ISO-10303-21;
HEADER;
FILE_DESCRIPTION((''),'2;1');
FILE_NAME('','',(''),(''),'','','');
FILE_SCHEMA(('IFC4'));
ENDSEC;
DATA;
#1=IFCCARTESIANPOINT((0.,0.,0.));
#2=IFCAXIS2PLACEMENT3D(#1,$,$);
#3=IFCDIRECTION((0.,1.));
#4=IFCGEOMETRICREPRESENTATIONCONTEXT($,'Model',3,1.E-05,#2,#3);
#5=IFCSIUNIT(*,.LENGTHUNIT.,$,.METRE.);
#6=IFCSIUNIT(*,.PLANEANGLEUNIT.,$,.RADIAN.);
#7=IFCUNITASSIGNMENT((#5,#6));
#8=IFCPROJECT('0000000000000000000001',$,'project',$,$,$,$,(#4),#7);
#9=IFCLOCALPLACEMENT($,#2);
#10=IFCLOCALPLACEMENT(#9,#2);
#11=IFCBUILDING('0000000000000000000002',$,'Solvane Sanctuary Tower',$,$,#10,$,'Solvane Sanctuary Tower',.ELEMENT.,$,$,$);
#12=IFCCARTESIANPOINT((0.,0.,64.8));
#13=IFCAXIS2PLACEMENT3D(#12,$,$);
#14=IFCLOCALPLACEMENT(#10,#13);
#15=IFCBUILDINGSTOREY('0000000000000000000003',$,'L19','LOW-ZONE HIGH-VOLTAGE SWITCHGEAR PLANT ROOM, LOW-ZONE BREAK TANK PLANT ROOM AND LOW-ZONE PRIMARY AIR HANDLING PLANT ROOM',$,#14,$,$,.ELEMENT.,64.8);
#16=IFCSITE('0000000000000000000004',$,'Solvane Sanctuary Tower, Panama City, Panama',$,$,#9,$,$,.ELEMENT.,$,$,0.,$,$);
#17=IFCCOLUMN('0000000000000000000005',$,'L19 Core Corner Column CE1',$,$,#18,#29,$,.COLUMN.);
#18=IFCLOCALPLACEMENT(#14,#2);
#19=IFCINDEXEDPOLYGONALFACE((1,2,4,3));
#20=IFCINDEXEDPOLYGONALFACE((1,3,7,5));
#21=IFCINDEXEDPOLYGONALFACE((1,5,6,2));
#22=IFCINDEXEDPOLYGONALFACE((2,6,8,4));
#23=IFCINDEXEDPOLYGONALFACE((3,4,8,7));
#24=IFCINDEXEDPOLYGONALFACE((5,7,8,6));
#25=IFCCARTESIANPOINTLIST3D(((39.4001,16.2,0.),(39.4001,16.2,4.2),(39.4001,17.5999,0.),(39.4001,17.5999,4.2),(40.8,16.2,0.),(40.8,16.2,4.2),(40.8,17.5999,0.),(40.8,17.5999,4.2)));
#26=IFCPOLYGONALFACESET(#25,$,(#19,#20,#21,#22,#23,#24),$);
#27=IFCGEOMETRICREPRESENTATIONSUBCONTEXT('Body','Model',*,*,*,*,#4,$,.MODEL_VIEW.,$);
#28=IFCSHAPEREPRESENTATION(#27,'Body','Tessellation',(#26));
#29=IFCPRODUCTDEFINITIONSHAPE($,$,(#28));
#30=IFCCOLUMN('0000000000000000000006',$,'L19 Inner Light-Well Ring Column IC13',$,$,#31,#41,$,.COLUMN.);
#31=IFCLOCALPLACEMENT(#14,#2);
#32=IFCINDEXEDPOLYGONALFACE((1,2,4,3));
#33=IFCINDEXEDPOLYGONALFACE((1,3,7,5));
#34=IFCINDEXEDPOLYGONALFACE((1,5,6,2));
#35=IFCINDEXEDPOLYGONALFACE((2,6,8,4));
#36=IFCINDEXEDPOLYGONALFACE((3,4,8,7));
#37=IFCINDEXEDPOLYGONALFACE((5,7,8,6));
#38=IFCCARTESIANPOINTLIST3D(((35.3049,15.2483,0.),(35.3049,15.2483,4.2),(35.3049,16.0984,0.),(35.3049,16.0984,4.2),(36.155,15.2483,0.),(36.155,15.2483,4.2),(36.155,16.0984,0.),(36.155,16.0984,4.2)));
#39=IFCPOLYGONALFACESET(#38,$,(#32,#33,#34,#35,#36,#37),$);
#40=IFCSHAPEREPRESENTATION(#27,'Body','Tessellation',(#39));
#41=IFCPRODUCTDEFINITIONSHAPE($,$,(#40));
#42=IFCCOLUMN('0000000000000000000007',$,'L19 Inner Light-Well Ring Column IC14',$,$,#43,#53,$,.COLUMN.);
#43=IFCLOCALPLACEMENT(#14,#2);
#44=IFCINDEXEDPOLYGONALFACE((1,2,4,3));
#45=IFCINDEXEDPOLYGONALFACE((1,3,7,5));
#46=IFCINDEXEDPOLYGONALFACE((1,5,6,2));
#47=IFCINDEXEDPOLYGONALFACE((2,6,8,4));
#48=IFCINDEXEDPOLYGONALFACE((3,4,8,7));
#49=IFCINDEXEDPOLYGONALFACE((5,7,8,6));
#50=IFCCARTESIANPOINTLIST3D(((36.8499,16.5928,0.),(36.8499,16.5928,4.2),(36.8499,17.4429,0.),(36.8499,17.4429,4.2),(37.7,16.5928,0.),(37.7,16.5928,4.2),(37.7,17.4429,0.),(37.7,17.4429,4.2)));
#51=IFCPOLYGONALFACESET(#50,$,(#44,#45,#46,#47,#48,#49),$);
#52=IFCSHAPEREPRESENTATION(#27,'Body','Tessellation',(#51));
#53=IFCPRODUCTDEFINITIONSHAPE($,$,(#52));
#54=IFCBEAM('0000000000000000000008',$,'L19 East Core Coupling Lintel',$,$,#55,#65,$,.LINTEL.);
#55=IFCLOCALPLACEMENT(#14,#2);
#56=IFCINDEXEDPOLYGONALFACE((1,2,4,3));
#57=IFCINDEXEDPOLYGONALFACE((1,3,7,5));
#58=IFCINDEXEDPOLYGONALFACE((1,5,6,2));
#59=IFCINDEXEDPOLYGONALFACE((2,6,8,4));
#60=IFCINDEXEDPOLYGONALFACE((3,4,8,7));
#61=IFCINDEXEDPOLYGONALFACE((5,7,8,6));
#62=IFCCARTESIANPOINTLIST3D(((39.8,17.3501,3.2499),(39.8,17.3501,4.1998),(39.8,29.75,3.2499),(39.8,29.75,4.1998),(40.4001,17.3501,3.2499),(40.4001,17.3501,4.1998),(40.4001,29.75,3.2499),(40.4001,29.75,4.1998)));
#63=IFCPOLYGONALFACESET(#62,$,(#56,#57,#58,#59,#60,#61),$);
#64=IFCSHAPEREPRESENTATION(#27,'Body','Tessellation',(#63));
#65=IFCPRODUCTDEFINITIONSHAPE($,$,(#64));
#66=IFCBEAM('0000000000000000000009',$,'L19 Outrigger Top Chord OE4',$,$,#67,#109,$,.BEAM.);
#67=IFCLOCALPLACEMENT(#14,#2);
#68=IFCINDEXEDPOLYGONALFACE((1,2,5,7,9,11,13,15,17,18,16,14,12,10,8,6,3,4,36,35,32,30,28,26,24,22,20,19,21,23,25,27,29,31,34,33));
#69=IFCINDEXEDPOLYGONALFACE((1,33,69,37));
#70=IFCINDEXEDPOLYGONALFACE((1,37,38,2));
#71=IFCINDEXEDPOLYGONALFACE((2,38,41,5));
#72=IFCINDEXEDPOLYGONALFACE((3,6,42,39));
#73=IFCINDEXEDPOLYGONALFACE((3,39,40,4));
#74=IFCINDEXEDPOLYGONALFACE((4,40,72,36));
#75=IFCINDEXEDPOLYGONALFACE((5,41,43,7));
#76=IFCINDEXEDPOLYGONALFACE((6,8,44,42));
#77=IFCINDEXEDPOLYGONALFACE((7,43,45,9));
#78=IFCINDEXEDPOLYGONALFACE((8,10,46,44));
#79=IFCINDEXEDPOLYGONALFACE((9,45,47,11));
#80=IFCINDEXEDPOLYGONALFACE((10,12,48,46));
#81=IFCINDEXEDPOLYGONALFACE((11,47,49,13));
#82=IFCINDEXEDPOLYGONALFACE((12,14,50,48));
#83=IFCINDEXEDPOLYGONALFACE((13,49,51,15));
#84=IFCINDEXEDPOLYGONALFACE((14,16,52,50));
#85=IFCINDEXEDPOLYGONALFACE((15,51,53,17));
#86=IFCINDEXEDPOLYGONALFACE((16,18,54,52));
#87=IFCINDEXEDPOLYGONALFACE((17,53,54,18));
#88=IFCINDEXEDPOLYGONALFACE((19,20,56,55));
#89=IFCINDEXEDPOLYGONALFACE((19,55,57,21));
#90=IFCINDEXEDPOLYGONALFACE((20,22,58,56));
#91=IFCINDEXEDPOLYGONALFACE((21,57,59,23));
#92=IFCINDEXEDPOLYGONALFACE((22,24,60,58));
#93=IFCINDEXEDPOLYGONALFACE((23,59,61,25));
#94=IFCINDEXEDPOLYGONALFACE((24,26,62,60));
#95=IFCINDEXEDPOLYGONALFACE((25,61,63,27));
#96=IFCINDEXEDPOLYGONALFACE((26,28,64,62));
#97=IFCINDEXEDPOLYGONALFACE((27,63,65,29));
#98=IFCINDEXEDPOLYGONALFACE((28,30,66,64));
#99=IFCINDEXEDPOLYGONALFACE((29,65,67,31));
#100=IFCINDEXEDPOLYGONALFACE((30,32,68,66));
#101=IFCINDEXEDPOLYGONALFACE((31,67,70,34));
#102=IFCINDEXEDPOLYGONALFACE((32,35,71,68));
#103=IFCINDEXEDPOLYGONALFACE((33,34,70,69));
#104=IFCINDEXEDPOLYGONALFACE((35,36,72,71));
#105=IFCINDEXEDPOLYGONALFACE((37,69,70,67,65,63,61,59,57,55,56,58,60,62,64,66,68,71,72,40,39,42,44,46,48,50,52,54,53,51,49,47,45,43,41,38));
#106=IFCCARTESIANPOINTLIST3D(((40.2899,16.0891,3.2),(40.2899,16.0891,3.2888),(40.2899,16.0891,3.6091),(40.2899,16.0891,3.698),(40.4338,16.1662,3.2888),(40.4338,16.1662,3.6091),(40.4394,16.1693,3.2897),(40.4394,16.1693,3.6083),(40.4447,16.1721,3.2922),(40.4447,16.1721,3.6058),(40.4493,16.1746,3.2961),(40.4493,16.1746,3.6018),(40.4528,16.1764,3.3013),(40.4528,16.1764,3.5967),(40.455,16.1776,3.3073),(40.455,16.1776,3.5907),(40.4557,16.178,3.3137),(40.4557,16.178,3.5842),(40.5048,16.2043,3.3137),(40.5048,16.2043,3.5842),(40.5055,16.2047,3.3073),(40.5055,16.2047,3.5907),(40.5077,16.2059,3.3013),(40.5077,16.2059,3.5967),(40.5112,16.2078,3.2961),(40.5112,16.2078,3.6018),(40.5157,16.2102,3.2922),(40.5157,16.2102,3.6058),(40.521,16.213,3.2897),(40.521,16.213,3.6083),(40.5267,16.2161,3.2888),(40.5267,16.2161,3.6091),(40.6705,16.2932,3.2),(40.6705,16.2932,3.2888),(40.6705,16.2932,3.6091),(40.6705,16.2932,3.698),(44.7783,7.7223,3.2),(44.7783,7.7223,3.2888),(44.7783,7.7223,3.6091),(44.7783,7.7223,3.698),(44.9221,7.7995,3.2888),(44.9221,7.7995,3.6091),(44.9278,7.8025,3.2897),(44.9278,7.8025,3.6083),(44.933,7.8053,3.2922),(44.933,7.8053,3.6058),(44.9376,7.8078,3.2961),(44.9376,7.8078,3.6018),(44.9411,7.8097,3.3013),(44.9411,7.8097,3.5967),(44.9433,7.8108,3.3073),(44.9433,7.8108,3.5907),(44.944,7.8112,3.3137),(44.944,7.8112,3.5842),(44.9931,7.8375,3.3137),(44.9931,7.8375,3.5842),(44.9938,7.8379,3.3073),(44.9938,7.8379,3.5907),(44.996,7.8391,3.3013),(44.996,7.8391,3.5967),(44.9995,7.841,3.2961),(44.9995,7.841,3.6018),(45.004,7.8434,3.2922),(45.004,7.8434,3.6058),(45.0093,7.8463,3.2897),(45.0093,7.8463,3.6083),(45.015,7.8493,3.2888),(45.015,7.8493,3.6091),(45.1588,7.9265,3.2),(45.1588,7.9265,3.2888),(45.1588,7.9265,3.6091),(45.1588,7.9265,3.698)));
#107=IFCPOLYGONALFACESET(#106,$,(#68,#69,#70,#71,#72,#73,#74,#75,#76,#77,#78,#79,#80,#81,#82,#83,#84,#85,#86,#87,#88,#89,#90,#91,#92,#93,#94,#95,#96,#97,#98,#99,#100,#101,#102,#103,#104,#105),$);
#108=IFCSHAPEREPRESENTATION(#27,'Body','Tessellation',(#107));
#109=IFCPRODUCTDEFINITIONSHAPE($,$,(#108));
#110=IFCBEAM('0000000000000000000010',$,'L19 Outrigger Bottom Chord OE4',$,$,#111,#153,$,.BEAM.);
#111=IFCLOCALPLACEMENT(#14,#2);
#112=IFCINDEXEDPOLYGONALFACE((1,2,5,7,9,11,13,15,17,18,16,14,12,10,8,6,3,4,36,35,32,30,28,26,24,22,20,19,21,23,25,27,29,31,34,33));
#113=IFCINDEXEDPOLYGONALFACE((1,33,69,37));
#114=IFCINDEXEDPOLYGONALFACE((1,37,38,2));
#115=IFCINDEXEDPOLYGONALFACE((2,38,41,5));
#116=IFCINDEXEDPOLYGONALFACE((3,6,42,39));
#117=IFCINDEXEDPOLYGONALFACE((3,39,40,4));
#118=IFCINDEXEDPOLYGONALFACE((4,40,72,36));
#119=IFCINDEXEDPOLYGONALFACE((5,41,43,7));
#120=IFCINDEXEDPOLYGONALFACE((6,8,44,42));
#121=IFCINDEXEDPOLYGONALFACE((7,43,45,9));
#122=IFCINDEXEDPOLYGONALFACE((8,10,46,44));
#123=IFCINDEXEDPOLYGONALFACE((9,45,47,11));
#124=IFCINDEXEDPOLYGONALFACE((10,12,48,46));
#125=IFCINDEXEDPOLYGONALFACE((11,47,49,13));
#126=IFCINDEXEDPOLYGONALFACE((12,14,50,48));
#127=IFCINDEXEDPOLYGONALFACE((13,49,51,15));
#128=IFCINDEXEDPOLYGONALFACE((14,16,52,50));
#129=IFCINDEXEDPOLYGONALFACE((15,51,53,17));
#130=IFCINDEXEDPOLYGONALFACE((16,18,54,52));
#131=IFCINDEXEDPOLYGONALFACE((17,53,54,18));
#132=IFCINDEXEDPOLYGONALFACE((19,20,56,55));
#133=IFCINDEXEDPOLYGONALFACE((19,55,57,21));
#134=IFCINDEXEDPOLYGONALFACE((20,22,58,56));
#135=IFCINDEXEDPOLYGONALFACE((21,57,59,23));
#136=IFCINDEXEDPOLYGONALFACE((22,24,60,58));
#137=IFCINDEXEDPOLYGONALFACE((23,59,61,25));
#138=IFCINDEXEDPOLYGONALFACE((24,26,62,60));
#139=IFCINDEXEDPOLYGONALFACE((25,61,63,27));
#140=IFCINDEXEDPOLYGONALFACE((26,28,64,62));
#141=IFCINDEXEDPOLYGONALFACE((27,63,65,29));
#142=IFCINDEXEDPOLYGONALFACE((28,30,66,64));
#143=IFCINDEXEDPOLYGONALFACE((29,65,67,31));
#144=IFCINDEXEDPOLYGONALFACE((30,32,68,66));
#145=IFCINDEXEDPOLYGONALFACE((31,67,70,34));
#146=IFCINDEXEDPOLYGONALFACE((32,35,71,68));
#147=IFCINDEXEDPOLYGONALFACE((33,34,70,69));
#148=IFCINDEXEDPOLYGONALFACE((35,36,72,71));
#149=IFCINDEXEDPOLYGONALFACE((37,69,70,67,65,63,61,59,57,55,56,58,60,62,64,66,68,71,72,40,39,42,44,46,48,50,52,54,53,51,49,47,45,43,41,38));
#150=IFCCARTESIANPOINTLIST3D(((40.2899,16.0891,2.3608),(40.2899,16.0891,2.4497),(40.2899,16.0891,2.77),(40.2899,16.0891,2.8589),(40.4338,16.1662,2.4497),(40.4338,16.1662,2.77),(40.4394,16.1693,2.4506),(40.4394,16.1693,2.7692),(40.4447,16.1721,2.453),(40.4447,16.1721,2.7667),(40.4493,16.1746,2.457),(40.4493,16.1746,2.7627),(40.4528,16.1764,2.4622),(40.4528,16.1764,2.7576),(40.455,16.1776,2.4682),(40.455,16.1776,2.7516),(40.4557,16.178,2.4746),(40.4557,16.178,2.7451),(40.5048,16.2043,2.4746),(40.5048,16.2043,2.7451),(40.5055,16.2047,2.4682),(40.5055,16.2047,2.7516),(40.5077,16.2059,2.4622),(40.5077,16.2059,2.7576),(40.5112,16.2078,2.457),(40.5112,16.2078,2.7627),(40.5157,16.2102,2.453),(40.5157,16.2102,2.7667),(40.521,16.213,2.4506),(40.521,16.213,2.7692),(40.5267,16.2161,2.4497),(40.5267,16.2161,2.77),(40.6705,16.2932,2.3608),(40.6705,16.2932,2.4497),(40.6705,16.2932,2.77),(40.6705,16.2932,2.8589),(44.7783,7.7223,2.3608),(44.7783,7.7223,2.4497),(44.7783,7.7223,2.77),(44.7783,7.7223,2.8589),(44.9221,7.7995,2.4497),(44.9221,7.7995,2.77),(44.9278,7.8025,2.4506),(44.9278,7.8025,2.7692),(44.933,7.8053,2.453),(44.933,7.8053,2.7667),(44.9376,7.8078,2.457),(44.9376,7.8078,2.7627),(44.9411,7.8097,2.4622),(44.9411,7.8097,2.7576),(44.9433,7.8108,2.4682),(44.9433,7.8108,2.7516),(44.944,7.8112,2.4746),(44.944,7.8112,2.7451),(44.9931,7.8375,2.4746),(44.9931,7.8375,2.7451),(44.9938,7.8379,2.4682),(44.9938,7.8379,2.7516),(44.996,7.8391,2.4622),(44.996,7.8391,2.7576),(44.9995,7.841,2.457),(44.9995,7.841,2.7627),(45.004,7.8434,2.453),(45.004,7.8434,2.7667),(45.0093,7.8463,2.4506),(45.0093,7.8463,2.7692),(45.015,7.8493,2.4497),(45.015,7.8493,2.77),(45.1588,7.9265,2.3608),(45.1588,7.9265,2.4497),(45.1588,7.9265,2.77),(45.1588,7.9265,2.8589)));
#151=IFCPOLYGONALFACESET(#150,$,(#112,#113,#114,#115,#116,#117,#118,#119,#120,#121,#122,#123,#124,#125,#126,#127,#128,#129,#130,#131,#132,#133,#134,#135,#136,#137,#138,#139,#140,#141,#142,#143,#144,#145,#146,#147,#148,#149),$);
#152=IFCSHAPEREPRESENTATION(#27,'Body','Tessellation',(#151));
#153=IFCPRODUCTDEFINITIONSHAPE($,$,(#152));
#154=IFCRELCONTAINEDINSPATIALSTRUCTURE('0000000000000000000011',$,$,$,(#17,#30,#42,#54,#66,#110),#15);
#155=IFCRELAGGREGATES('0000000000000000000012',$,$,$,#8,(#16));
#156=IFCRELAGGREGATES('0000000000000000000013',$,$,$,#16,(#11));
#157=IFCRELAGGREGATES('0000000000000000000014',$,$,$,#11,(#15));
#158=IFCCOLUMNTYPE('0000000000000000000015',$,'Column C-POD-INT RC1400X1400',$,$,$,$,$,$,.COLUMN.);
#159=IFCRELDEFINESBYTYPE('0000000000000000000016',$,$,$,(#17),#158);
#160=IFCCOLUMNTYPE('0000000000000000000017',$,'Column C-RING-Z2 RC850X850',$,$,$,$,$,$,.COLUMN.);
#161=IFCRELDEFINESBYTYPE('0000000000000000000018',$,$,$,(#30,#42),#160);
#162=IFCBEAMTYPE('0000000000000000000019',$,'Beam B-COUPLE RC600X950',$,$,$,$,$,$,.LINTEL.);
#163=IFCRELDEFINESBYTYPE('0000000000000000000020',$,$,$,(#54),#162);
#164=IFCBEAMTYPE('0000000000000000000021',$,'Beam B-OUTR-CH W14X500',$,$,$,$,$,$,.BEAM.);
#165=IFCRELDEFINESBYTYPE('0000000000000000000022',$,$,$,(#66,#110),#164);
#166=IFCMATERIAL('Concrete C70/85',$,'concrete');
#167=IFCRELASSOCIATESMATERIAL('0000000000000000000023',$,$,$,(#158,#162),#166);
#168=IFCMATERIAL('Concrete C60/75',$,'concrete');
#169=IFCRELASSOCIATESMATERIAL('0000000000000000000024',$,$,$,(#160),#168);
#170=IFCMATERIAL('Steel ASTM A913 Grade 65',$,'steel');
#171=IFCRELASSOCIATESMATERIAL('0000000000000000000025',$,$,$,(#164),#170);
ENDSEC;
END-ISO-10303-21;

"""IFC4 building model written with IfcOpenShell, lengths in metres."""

from ifc_helpers import new_model, si_unit, direction, frame, origin, origin_2d, place, context, subcontext, project, spatial, rectangle, i_section, extrude, material, material_profile, profile_set, type_object, element, save


model = new_model("IFC4")

# Units and contexts
model_context = context("Model", 3, precision=1e-05, world=origin(), true_north=direction((0.0, 1.0)))
body_context = subcontext(model_context, "Body", "Model", "MODEL_VIEW")
ifc_project = project(units=[si_unit("LENGTHUNIT", "METRE"), si_unit("PLANEANGLEUNIT", "RADIAN")], contexts=[model_context])

# Site, building, storey
site_placement = place(None, origin())
site = spatial("IfcSite", under=ifc_project, at=site_placement, Name="Solvane Sanctuary Tower, Panama City, Panama", CompositionType="ELEMENT", RefElevation=0.0)
building_placement = place(site_placement, origin())
building = spatial("IfcBuilding", under=site, at=building_placement, Name="Solvane Sanctuary Tower", LongName="Solvane Sanctuary Tower", CompositionType="ELEMENT")
storey_placement = place(building_placement, frame((0.0, 0.0, 64.8)))
storey = spatial("IfcBuildingStorey", under=building, at=storey_placement, Name="L19", Description="LOW-ZONE HIGH-VOLTAGE SWITCHGEAR PLANT ROOM, LOW-ZONE BREAK TANK PLANT ROOM AND LOW-ZONE PRIMARY AIR HANDLING PLANT ROOM", CompositionType="ELEMENT", Elevation=64.8)

# Columns
ifc_material_1 = material(Name="Concrete C70/85", Category="concrete")
ifc_material_profile_1 = material_profile(ifc_material_1, rectangle(XDim=1.3999, YDim=1.3999, at=origin_2d()), Name="RC1400X1400")
ifc_profile_set_1 = profile_set([ifc_material_profile_1], Name="Concrete C70/85")
column_type_1 = type_object("IfcColumnType", Name="Column C-POD-INT RC1400X1400", PredefinedType="COLUMN", material=ifc_profile_set_1)
column_placement = place(storey_placement, frame((40.1001, 16.8999, 0.0), z_axis=(0.0, 0.0, 1.0), x_axis=(1.0, 0.0, 0.0)))
element("IfcColumn", 1, at=column_placement, inside=storey, type_object=column_type_1, Name="L19 Core Corner Column CE1", PredefinedType="COLUMN", context=body_context, shape_type="SweptSolid", body=[
    extrude(rectangle(XDim=1.3999, YDim=1.3999, at=origin_2d()), origin(), (0.0, 0.0, 1.0), 4.2),
])
ifc_material_2 = material(Name="Concrete C60/75", Category="concrete")
ifc_material_profile_2 = material_profile(ifc_material_2, rectangle(XDim=0.8501, YDim=0.8501, at=origin_2d()), Name="RC850X850")
ifc_profile_set_2 = profile_set([ifc_material_profile_2], Name="Concrete C60/75")
column_type_2 = type_object("IfcColumnType", Name="Column C-RING-Z2 RC850X850", PredefinedType="COLUMN", material=ifc_profile_set_2)
for number, where, z_axis, x_axis, name in (
    (2, (35.73, 15.6733, 0.0), (0.0, 0.0, 1.0), (1.0, 0.0, 0.0), "L19 Inner Light-Well Ring Column IC13"),
    (3, (37.2749, 17.0178, 0.0), (0.0, 0.0, 1.0), (1.0, 0.0, 0.0), "L19 Inner Light-Well Ring Column IC14"),
):
    element("IfcColumn", number, at=place(storey_placement, frame(where, z_axis=z_axis, x_axis=x_axis)), inside=storey, type_object=column_type_2, Name=name, PredefinedType="COLUMN", context=body_context, shape_type="SweptSolid", body=[
        extrude(rectangle(XDim=0.8501, YDim=0.8501, at=origin_2d()), origin(), (0.0, 0.0, 1.0), 4.2),
    ])

# Beams
ifc_material_profile_3 = material_profile(ifc_material_1, rectangle(XDim=0.6001, YDim=0.95, at=origin_2d()), Name="RC600X950")
ifc_profile_set_3 = profile_set([ifc_material_profile_3], Name="Concrete C70/85")
beam_type_1 = type_object("IfcBeamType", Name="Beam B-COUPLE RC600X950", PredefinedType="LINTEL", material=ifc_profile_set_3)
beam_1_placement = place(storey_placement, frame((40.1001, 17.3501, 3.7249), z_axis=(0.0, 1.0, 0.0), x_axis=(-1.0, 0.0, 0.0)))
element("IfcBeam", 4, at=beam_1_placement, inside=storey, type_object=beam_type_1, Name="L19 East Core Coupling Lintel", PredefinedType="LINTEL", context=body_context, shape_type="SweptSolid", body=[
    extrude(rectangle(XDim=0.6001, YDim=0.95, at=origin_2d()), origin(), (0.0, 0.0, 1.0), 12.3999),
])
ifc_material_3 = material(Name="Steel ASTM A913 Grade 65", Category="steel")
ifc_material_profile_4 = material_profile(ifc_material_3, i_section(OverallWidth=0.4319, OverallDepth=0.498, WebThickness=0.0557, FlangeThickness=0.0889, FilletRadius=0.0249, at=origin_2d()), Name="W14X500")
ifc_profile_set_4 = profile_set([ifc_material_profile_4], Name="Steel ASTM A913 Grade 65")
beam_type_2 = type_object("IfcBeamType", Name="Beam B-OUTR-CH W14X500", PredefinedType="BEAM", material=ifc_profile_set_4)
for number, where, z_axis, x_axis, name in (
    (5, (40.4802, 16.1912, 3.449), (0.472722, -0.881211, 0.0), (0.881211, 0.472722, 0.0), "L19 Outrigger Top Chord OE4"),
    (6, (40.4802, 16.1912, 2.6099), (0.472722, -0.881211, 0.0), (0.881211, 0.472722, 0.0), "L19 Outrigger Bottom Chord OE4"),
):
    element("IfcBeam", number, at=place(storey_placement, frame(where, z_axis=z_axis, x_axis=x_axis)), inside=storey, type_object=beam_type_2, Name=name, PredefinedType="BEAM", context=body_context, shape_type="SweptSolid", body=[
        extrude(i_section(OverallWidth=0.4319, OverallDepth=0.498, WebThickness=0.0557, FlangeThickness=0.0889, FilletRadius=0.0249, at=origin_2d()), origin(), (0.0, 0.0, 1.0), 9.4946),
    ])

save(model, "model.ifc")
